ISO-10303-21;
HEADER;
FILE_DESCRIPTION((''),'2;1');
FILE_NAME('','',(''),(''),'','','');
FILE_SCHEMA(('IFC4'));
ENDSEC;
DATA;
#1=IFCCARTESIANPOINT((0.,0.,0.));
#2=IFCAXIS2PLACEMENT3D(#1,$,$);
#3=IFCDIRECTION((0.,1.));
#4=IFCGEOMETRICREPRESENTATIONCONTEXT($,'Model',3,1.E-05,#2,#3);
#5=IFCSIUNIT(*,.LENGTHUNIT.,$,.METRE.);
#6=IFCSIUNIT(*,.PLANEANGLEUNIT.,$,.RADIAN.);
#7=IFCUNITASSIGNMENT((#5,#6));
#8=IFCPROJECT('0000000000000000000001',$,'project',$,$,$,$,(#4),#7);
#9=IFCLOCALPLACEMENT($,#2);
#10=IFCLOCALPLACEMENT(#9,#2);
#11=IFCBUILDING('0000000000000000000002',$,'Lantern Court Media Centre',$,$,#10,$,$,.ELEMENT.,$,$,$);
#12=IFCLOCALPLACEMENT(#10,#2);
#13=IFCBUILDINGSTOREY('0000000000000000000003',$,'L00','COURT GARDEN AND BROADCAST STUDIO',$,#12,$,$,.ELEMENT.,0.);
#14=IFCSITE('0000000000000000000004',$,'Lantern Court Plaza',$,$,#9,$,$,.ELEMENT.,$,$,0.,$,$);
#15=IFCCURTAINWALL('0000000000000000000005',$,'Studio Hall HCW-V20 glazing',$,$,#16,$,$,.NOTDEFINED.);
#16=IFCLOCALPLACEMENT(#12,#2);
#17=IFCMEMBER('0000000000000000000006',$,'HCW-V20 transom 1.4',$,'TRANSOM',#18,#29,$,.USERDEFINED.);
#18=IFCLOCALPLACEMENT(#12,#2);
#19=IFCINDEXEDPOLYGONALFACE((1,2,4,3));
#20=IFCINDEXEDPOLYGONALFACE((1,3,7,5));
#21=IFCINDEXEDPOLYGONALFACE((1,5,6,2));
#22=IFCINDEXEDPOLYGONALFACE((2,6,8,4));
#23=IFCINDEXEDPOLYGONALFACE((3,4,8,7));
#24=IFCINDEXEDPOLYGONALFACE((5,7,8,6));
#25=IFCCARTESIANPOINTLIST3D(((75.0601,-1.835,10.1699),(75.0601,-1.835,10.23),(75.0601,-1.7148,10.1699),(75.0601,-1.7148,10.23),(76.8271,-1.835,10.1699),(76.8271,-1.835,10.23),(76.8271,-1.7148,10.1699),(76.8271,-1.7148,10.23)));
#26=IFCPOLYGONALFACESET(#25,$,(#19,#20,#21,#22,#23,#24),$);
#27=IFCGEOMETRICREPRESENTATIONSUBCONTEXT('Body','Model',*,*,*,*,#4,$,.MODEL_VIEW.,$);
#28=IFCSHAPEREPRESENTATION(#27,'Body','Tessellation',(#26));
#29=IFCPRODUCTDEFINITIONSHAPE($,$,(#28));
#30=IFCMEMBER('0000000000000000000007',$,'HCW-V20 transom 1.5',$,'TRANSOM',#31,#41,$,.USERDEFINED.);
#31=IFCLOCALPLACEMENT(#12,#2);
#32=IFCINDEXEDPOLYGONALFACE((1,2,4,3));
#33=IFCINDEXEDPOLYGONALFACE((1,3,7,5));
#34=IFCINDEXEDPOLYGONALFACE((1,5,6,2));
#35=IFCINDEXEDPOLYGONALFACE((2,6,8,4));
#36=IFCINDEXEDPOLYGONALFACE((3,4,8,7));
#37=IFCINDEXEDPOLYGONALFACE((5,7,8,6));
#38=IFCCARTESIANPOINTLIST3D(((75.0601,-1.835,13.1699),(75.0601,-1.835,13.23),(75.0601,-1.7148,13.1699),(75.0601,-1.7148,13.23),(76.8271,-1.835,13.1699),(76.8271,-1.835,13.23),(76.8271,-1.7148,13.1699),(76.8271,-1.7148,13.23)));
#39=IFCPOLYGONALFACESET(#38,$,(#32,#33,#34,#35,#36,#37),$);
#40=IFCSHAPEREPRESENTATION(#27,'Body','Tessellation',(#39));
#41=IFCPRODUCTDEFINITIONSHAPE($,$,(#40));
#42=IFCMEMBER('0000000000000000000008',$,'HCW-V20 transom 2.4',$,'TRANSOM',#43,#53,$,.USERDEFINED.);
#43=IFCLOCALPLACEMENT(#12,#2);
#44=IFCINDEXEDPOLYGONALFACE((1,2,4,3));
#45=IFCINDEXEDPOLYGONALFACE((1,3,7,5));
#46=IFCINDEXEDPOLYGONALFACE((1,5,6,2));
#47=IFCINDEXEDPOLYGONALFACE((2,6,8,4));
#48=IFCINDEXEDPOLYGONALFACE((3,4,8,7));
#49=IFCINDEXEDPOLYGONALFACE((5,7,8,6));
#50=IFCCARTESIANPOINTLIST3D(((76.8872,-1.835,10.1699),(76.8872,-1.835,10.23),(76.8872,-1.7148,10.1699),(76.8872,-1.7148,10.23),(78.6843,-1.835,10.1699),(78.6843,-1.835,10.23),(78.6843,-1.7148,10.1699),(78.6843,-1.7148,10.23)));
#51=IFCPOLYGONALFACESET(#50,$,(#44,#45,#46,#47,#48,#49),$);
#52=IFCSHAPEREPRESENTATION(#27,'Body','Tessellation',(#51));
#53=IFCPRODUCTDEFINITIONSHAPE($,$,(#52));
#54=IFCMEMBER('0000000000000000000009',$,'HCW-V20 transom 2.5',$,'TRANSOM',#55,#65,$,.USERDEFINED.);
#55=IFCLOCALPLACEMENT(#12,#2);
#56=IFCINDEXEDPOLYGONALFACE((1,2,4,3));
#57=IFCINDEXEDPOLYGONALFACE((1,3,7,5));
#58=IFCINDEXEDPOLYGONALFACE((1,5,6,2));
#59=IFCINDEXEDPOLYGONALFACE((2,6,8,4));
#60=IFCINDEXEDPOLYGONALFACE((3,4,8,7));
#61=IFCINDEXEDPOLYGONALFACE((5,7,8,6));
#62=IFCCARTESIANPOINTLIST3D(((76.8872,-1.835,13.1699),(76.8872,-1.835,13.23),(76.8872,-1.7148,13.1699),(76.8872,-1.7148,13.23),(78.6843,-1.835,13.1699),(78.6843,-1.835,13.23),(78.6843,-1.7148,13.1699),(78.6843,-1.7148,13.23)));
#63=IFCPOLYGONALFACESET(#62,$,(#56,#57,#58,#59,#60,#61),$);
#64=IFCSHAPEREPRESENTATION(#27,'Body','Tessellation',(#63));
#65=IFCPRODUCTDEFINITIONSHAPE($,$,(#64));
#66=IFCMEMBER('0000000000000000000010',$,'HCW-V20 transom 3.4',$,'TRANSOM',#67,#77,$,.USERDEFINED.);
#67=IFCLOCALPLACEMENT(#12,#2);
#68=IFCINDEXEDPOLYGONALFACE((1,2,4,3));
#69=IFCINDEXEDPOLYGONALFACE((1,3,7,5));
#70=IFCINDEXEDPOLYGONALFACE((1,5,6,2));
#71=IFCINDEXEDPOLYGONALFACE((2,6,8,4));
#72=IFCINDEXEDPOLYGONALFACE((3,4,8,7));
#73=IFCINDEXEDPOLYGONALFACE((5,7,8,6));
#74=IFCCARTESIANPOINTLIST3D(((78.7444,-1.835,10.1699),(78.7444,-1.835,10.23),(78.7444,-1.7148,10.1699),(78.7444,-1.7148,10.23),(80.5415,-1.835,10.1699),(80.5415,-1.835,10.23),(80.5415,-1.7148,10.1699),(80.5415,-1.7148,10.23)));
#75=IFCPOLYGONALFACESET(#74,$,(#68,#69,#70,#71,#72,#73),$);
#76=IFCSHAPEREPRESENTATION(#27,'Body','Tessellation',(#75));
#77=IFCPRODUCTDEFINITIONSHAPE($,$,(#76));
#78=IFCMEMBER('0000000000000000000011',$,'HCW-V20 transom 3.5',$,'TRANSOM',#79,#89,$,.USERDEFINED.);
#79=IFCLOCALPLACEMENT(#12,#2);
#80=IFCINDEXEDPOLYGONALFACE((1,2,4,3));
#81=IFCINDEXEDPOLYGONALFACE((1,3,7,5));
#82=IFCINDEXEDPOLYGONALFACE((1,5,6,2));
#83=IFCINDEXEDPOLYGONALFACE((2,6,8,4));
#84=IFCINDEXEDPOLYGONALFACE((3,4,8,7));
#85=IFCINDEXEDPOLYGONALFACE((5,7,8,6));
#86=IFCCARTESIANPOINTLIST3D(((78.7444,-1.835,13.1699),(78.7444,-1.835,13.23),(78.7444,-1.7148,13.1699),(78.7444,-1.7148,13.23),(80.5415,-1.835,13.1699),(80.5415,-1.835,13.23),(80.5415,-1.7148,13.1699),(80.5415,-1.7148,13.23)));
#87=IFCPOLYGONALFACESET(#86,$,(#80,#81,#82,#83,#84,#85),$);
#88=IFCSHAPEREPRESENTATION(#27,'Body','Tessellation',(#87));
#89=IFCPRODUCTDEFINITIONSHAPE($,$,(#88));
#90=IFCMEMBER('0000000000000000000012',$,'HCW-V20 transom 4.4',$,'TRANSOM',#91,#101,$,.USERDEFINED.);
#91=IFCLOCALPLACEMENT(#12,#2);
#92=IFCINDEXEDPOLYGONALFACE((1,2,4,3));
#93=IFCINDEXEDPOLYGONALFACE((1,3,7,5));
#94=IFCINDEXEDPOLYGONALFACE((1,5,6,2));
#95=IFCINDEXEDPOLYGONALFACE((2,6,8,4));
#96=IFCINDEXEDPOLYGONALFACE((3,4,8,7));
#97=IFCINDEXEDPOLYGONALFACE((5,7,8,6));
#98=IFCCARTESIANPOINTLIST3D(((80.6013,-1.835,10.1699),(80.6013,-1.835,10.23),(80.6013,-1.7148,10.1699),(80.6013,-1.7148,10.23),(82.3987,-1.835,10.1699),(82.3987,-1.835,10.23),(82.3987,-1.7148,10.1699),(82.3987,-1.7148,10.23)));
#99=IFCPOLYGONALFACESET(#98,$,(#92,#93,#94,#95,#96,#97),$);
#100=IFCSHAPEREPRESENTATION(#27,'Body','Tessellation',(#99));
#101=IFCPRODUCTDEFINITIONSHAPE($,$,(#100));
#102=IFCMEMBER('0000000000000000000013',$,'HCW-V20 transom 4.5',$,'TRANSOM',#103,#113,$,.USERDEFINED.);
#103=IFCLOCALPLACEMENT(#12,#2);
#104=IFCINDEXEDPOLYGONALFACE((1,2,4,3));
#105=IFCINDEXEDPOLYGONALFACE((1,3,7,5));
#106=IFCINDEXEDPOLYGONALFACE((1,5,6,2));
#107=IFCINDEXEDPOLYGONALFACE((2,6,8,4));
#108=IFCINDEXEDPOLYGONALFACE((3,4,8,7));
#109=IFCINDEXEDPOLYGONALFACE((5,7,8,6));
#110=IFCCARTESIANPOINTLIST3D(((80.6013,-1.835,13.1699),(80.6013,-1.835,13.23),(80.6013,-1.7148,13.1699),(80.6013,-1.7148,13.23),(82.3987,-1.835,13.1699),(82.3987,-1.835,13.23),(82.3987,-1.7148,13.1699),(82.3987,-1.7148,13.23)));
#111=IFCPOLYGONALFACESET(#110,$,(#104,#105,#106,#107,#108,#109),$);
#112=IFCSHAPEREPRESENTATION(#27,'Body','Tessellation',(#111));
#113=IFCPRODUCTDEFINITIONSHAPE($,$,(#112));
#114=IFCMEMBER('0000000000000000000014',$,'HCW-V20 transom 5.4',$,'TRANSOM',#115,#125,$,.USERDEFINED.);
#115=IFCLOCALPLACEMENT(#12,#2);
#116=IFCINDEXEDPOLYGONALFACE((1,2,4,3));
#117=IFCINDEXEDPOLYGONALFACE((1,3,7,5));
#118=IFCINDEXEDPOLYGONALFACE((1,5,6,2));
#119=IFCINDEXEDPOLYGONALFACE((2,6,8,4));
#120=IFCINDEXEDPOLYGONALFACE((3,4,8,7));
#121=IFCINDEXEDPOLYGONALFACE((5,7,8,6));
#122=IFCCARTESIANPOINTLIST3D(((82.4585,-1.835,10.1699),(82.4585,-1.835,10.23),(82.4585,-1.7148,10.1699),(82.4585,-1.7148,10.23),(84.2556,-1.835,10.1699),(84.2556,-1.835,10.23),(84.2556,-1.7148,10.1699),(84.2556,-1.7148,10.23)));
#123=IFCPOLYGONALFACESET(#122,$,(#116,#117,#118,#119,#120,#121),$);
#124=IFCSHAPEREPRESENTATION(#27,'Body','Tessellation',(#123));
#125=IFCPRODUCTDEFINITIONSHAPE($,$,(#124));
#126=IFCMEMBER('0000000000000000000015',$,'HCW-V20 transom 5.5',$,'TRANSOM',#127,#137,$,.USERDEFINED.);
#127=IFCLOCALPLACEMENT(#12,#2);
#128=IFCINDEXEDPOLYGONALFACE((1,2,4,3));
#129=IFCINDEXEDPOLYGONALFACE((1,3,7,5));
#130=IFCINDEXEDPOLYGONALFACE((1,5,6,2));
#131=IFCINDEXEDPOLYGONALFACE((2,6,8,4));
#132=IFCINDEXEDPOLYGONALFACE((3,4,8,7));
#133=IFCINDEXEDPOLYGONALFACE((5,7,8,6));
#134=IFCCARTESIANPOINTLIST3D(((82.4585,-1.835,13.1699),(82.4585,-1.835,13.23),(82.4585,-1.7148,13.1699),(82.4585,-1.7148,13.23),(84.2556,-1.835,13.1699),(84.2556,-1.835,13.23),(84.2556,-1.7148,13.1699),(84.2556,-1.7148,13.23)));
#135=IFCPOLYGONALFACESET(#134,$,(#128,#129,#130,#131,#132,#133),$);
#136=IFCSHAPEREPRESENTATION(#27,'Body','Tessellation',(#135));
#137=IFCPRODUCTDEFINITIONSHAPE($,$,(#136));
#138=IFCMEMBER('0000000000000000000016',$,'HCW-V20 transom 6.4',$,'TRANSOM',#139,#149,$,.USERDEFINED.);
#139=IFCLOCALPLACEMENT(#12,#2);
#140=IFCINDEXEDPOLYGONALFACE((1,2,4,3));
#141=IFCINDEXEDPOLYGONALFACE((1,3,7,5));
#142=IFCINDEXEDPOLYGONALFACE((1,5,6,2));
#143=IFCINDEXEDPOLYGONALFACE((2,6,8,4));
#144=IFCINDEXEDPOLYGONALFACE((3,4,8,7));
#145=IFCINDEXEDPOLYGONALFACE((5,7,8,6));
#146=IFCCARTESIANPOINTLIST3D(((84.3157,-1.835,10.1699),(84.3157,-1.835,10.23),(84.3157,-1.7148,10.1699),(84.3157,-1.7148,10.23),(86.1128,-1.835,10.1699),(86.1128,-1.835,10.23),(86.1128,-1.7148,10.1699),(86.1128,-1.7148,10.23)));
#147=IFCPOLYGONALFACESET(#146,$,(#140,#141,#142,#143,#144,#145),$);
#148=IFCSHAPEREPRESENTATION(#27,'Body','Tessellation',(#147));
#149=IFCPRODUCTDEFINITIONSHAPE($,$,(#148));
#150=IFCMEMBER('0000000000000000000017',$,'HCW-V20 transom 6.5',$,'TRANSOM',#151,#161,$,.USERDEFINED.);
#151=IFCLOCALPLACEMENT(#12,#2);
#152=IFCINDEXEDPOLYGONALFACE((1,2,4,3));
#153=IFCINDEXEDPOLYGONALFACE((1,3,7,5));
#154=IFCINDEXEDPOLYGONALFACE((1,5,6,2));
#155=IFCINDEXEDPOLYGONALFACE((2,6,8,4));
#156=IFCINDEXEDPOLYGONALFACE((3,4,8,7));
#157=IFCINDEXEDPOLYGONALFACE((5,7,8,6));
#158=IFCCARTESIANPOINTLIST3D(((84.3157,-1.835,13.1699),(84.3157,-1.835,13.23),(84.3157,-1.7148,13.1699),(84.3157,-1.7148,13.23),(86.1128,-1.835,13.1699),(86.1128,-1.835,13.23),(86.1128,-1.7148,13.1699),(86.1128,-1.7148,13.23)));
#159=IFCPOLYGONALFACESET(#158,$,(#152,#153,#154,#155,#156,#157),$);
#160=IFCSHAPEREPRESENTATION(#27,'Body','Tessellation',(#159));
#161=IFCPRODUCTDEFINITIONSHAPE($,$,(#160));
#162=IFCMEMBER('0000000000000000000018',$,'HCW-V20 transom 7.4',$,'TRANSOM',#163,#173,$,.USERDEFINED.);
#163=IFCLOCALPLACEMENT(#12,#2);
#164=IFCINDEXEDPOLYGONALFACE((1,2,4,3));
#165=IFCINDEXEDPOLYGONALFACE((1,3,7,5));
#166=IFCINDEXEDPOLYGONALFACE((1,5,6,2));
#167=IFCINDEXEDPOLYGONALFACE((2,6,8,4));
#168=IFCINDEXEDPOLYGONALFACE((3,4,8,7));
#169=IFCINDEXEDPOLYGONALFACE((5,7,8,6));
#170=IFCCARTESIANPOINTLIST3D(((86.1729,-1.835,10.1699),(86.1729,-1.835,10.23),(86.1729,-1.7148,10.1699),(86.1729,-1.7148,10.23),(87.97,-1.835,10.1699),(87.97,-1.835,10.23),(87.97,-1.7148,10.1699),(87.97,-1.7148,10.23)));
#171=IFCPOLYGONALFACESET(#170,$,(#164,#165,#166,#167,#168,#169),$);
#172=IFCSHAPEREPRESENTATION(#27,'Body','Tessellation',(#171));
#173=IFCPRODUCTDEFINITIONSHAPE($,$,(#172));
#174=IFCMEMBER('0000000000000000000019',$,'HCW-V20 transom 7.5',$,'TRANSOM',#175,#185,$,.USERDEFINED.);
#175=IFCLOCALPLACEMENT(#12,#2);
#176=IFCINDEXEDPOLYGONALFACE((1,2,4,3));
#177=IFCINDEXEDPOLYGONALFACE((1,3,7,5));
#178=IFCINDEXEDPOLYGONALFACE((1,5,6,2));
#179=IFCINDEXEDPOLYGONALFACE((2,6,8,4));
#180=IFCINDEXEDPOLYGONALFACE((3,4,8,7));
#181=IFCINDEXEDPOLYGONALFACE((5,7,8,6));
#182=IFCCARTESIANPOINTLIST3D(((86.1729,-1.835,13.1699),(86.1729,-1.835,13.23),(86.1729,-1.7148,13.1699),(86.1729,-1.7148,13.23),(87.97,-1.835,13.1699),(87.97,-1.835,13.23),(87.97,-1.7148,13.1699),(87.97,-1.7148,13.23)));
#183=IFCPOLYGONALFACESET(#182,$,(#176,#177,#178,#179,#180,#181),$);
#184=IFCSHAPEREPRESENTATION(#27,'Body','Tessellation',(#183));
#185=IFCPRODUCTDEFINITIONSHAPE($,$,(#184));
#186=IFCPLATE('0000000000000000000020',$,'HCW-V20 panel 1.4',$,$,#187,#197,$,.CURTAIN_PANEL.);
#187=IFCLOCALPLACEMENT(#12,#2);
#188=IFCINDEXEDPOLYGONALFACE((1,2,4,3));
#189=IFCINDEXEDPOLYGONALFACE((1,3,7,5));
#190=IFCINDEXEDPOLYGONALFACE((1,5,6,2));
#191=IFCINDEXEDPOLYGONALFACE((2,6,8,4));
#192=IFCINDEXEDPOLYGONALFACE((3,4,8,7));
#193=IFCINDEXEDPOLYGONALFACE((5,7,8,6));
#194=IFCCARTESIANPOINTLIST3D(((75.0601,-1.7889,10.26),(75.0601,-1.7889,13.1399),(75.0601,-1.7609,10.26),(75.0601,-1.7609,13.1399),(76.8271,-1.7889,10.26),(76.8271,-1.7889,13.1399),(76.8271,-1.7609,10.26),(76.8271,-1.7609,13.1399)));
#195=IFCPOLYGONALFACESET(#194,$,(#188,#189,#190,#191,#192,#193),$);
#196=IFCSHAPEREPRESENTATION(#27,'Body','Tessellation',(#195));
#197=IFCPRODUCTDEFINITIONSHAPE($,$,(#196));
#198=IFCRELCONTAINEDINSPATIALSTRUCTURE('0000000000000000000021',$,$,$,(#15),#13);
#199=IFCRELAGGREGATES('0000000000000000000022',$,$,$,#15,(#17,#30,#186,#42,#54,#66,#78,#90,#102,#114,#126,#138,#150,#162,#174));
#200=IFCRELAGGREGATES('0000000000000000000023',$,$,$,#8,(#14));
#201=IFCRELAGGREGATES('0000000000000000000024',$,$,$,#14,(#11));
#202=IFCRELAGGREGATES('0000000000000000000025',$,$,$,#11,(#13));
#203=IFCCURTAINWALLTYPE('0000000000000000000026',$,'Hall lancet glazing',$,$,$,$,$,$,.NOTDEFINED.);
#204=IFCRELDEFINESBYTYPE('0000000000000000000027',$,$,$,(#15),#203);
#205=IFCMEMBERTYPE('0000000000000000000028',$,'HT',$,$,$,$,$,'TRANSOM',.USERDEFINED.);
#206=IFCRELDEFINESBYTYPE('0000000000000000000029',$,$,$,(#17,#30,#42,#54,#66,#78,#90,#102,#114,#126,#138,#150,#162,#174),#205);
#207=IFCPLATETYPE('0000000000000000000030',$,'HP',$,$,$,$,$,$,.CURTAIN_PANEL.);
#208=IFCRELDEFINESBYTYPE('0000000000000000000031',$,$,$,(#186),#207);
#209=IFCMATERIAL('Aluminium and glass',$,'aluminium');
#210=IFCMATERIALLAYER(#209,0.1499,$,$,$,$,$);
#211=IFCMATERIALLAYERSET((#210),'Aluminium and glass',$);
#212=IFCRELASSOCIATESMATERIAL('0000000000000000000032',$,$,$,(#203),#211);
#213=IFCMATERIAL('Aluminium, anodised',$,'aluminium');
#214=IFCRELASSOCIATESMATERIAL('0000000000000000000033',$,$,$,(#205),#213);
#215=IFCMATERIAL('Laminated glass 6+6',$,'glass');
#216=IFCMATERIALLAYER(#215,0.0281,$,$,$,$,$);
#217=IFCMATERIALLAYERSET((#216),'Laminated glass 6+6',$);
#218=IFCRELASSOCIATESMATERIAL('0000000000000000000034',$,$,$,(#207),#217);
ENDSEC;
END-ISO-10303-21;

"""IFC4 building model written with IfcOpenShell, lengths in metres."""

from ifc_helpers import new_model, si_unit, direction, frame, origin, origin_2d, place, context, subcontext, project, spatial, rectangle, extrude, material, layer, layer_set, material_profile, profile_set, type_object, element, aggregate, save


model = new_model("IFC4")

# Units and contexts
model_context = context("Model", 3, precision=1e-05, world=origin(), true_north=direction((0.0, 1.0)))
body_context = subcontext(model_context, "Body", "Model", "MODEL_VIEW")
ifc_project = project(units=[si_unit("LENGTHUNIT", "METRE"), si_unit("PLANEANGLEUNIT", "RADIAN")], contexts=[model_context])

# Site, building, storey
site_placement = place(None, origin())
site = spatial("IfcSite", under=ifc_project, at=site_placement, Name="Lantern Court Plaza", CompositionType="ELEMENT", RefElevation=0.0)
building_placement = place(site_placement, origin())
building = spatial("IfcBuilding", under=site, at=building_placement, Name="Lantern Court Media Centre", CompositionType="ELEMENT")
storey_placement = place(building_placement, origin())
storey = spatial("IfcBuildingStorey", under=building, at=storey_placement, Name="L00", Description="COURT GARDEN AND BROADCAST STUDIO", CompositionType="ELEMENT", Elevation=0.0)

# Curtain wall, members, plate
ifc_material_1 = material(Name="Aluminium and glass", Category="aluminium")
ifc_layer_1 = layer(ifc_material_1, 0.1499)
ifc_layer_set_1 = layer_set([ifc_layer_1], Name="Aluminium and glass")
curtain_wall_type = type_object("IfcCurtainWallType", Name="Hall lancet glazing", PredefinedType="NOTDEFINED", material=ifc_layer_set_1)
curtain_wall_placement = place(storey_placement, origin())
curtain_wall = element("IfcCurtainWall", 1, at=curtain_wall_placement, inside=storey, type_object=curtain_wall_type, Name="Studio Hall HCW-V20 glazing", PredefinedType="NOTDEFINED")
ifc_material_2 = material(Name="Aluminium, anodised", Category="aluminium")
ifc_material_profile = material_profile(ifc_material_2, rectangle(XDim=0.1201, YDim=0.0601, at=origin_2d()), Name="HT")
ifc_profile_set = profile_set([ifc_material_profile], Name="Aluminium, anodised")
member_type = type_object("IfcMemberType", Name="HT", ElementType="TRANSOM", PredefinedType="USERDEFINED", material=ifc_profile_set)
member_1_placement = place(storey_placement, frame((75.0601, -1.7749, 10.2), z_axis=(1.0, 0.0, 0.0), x_axis=(0.0, 1.0, 0.0)))
member_1 = element("IfcMember", 2, at=member_1_placement, type_object=member_type, Name="HCW-V20 transom 1.4", ObjectType="TRANSOM", PredefinedType="USERDEFINED", context=body_context, shape_type="SweptSolid", body=[
    extrude(rectangle(XDim=0.1201, YDim=0.0601, at=origin_2d()), origin(), (0.0, 0.0, 1.0), 1.7671),
])
member_2_placement = place(storey_placement, frame((75.0601, -1.7749, 13.2), z_axis=(1.0, 0.0, 0.0), x_axis=(0.0, 1.0, 0.0)))
member_2 = element("IfcMember", 3, at=member_2_placement, type_object=member_type, Name="HCW-V20 transom 1.5", ObjectType="TRANSOM", PredefinedType="USERDEFINED", context=body_context, shape_type="SweptSolid", body=[
    extrude(rectangle(XDim=0.1201, YDim=0.0601, at=origin_2d()), origin(), (0.0, 0.0, 1.0), 1.7671),
])
member_3_placement = place(storey_placement, frame((76.8872, -1.7749, 10.2), z_axis=(1.0, 0.0, 0.0), x_axis=(0.0, 1.0, 0.0)))
member_3 = element("IfcMember", 4, at=member_3_placement, type_object=member_type, Name="HCW-V20 transom 2.4", ObjectType="TRANSOM", PredefinedType="USERDEFINED", context=body_context, shape_type="SweptSolid", body=[
    extrude(rectangle(XDim=0.1201, YDim=0.0601, at=origin_2d()), origin(), (0.0, 0.0, 1.0), 1.7971),
])
member_4_placement = place(storey_placement, frame((76.8872, -1.7749, 13.2), z_axis=(1.0, 0.0, 0.0), x_axis=(0.0, 1.0, 0.0)))
member_4 = element("IfcMember", 5, at=member_4_placement, type_object=member_type, Name="HCW-V20 transom 2.5", ObjectType="TRANSOM", PredefinedType="USERDEFINED", context=body_context, shape_type="SweptSolid", body=[
    extrude(rectangle(XDim=0.1201, YDim=0.0601, at=origin_2d()), origin(), (0.0, 0.0, 1.0), 1.7971),
])
member_5_placement = place(storey_placement, frame((78.7444, -1.7749, 10.2), z_axis=(1.0, 0.0, 0.0), x_axis=(0.0, 1.0, 0.0)))
member_5 = element("IfcMember", 6, at=member_5_placement, type_object=member_type, Name="HCW-V20 transom 3.4", ObjectType="TRANSOM", PredefinedType="USERDEFINED", context=body_context, shape_type="SweptSolid", body=[
    extrude(rectangle(XDim=0.1201, YDim=0.0601, at=origin_2d()), origin(), (0.0, 0.0, 1.0), 1.7971),
])
member_6_placement = place(storey_placement, frame((78.7444, -1.7749, 13.2), z_axis=(1.0, 0.0, 0.0), x_axis=(0.0, 1.0, 0.0)))
member_6 = element("IfcMember", 7, at=member_6_placement, type_object=member_type, Name="HCW-V20 transom 3.5", ObjectType="TRANSOM", PredefinedType="USERDEFINED", context=body_context, shape_type="SweptSolid", body=[
    extrude(rectangle(XDim=0.1201, YDim=0.0601, at=origin_2d()), origin(), (0.0, 0.0, 1.0), 1.7971),
])
member_7_placement = place(storey_placement, frame((80.6013, -1.7749, 10.2), z_axis=(1.0, 0.0, 0.0), x_axis=(0.0, 1.0, 0.0)))
member_7 = element("IfcMember", 8, at=member_7_placement, type_object=member_type, Name="HCW-V20 transom 4.4", ObjectType="TRANSOM", PredefinedType="USERDEFINED", context=body_context, shape_type="SweptSolid", body=[
    extrude(rectangle(XDim=0.1201, YDim=0.0601, at=origin_2d()), origin(), (0.0, 0.0, 1.0), 1.7974),
])
member_8_placement = place(storey_placement, frame((80.6013, -1.7749, 13.2), z_axis=(1.0, 0.0, 0.0), x_axis=(0.0, 1.0, 0.0)))
member_8 = element("IfcMember", 9, at=member_8_placement, type_object=member_type, Name="HCW-V20 transom 4.5", ObjectType="TRANSOM", PredefinedType="USERDEFINED", context=body_context, shape_type="SweptSolid", body=[
    extrude(rectangle(XDim=0.1201, YDim=0.0601, at=origin_2d()), origin(), (0.0, 0.0, 1.0), 1.7974),
])
member_9_placement = place(storey_placement, frame((82.4585, -1.7749, 10.2), z_axis=(1.0, 0.0, 0.0), x_axis=(0.0, 1.0, 0.0)))
member_9 = element("IfcMember", 10, at=member_9_placement, type_object=member_type, Name="HCW-V20 transom 5.4", ObjectType="TRANSOM", PredefinedType="USERDEFINED", context=body_context, shape_type="SweptSolid", body=[
    extrude(rectangle(XDim=0.1201, YDim=0.0601, at=origin_2d()), origin(), (0.0, 0.0, 1.0), 1.7971),
])
member_10_placement = place(storey_placement, frame((82.4585, -1.7749, 13.2), z_axis=(1.0, 0.0, 0.0), x_axis=(0.0, 1.0, 0.0)))
member_10 = element("IfcMember", 11, at=member_10_placement, type_object=member_type, Name="HCW-V20 transom 5.5", ObjectType="TRANSOM", PredefinedType="USERDEFINED", context=body_context, shape_type="SweptSolid", body=[
    extrude(rectangle(XDim=0.1201, YDim=0.0601, at=origin_2d()), origin(), (0.0, 0.0, 1.0), 1.7971),
])
member_11_placement = place(storey_placement, frame((84.3157, -1.7749, 10.2), z_axis=(1.0, 0.0, 0.0), x_axis=(0.0, 1.0, 0.0)))
member_11 = element("IfcMember", 12, at=member_11_placement, type_object=member_type, Name="HCW-V20 transom 6.4", ObjectType="TRANSOM", PredefinedType="USERDEFINED", context=body_context, shape_type="SweptSolid", body=[
    extrude(rectangle(XDim=0.1201, YDim=0.0601, at=origin_2d()), origin(), (0.0, 0.0, 1.0), 1.7971),
])
member_12_placement = place(storey_placement, frame((84.3157, -1.7749, 13.2), z_axis=(1.0, 0.0, 0.0), x_axis=(0.0, 1.0, 0.0)))
member_12 = element("IfcMember", 13, at=member_12_placement, type_object=member_type, Name="HCW-V20 transom 6.5", ObjectType="TRANSOM", PredefinedType="USERDEFINED", context=body_context, shape_type="SweptSolid", body=[
    extrude(rectangle(XDim=0.1201, YDim=0.0601, at=origin_2d()), origin(), (0.0, 0.0, 1.0), 1.7971),
])
member_13_placement = place(storey_placement, frame((86.1729, -1.7749, 10.2), z_axis=(1.0, 0.0, 0.0), x_axis=(0.0, 1.0, 0.0)))
member_13 = element("IfcMember", 14, at=member_13_placement, type_object=member_type, Name="HCW-V20 transom 7.4", ObjectType="TRANSOM", PredefinedType="USERDEFINED", context=body_context, shape_type="SweptSolid", body=[
    extrude(rectangle(XDim=0.1201, YDim=0.0601, at=origin_2d()), origin(), (0.0, 0.0, 1.0), 1.7971),
])
member_14_placement = place(storey_placement, frame((86.1729, -1.7749, 13.2), z_axis=(1.0, 0.0, 0.0), x_axis=(0.0, 1.0, 0.0)))
member_14 = element("IfcMember", 15, at=member_14_placement, type_object=member_type, Name="HCW-V20 transom 7.5", ObjectType="TRANSOM", PredefinedType="USERDEFINED", context=body_context, shape_type="SweptSolid", body=[
    extrude(rectangle(XDim=0.1201, YDim=0.0601, at=origin_2d()), origin(), (0.0, 0.0, 1.0), 1.7971),
])
ifc_material_3 = material(Name="Laminated glass 6+6", Category="glass")
ifc_layer_2 = layer(ifc_material_3, 0.0281)
ifc_layer_set_2 = layer_set([ifc_layer_2], Name="Laminated glass 6+6")
plate_type = type_object("IfcPlateType", Name="HP", PredefinedType="CURTAIN_PANEL", material=ifc_layer_set_2)
plate_1_placement = place(storey_placement, frame((75.9436, -1.7749, 10.26), z_axis=(0.0, 0.0, 1.0), x_axis=(1.0, 0.0, 0.0)))
plate_1 = element("IfcPlate", 16, at=plate_1_placement, type_object=plate_type, Name="HCW-V20 panel 1.4", PredefinedType="CURTAIN_PANEL", context=body_context, shape_type="SweptSolid", body=[
    extrude(rectangle(XDim=1.7671, YDim=0.0281, at=origin_2d()), origin(), (0.0, 0.0, 1.0), 2.8799),
])
aggregate(curtain_wall, [member_1, member_2, plate_1, member_3, member_4, member_5, member_6, member_7, member_8, member_9, member_10, member_11, member_12, member_13, member_14])

save(model, "model.ifc")
